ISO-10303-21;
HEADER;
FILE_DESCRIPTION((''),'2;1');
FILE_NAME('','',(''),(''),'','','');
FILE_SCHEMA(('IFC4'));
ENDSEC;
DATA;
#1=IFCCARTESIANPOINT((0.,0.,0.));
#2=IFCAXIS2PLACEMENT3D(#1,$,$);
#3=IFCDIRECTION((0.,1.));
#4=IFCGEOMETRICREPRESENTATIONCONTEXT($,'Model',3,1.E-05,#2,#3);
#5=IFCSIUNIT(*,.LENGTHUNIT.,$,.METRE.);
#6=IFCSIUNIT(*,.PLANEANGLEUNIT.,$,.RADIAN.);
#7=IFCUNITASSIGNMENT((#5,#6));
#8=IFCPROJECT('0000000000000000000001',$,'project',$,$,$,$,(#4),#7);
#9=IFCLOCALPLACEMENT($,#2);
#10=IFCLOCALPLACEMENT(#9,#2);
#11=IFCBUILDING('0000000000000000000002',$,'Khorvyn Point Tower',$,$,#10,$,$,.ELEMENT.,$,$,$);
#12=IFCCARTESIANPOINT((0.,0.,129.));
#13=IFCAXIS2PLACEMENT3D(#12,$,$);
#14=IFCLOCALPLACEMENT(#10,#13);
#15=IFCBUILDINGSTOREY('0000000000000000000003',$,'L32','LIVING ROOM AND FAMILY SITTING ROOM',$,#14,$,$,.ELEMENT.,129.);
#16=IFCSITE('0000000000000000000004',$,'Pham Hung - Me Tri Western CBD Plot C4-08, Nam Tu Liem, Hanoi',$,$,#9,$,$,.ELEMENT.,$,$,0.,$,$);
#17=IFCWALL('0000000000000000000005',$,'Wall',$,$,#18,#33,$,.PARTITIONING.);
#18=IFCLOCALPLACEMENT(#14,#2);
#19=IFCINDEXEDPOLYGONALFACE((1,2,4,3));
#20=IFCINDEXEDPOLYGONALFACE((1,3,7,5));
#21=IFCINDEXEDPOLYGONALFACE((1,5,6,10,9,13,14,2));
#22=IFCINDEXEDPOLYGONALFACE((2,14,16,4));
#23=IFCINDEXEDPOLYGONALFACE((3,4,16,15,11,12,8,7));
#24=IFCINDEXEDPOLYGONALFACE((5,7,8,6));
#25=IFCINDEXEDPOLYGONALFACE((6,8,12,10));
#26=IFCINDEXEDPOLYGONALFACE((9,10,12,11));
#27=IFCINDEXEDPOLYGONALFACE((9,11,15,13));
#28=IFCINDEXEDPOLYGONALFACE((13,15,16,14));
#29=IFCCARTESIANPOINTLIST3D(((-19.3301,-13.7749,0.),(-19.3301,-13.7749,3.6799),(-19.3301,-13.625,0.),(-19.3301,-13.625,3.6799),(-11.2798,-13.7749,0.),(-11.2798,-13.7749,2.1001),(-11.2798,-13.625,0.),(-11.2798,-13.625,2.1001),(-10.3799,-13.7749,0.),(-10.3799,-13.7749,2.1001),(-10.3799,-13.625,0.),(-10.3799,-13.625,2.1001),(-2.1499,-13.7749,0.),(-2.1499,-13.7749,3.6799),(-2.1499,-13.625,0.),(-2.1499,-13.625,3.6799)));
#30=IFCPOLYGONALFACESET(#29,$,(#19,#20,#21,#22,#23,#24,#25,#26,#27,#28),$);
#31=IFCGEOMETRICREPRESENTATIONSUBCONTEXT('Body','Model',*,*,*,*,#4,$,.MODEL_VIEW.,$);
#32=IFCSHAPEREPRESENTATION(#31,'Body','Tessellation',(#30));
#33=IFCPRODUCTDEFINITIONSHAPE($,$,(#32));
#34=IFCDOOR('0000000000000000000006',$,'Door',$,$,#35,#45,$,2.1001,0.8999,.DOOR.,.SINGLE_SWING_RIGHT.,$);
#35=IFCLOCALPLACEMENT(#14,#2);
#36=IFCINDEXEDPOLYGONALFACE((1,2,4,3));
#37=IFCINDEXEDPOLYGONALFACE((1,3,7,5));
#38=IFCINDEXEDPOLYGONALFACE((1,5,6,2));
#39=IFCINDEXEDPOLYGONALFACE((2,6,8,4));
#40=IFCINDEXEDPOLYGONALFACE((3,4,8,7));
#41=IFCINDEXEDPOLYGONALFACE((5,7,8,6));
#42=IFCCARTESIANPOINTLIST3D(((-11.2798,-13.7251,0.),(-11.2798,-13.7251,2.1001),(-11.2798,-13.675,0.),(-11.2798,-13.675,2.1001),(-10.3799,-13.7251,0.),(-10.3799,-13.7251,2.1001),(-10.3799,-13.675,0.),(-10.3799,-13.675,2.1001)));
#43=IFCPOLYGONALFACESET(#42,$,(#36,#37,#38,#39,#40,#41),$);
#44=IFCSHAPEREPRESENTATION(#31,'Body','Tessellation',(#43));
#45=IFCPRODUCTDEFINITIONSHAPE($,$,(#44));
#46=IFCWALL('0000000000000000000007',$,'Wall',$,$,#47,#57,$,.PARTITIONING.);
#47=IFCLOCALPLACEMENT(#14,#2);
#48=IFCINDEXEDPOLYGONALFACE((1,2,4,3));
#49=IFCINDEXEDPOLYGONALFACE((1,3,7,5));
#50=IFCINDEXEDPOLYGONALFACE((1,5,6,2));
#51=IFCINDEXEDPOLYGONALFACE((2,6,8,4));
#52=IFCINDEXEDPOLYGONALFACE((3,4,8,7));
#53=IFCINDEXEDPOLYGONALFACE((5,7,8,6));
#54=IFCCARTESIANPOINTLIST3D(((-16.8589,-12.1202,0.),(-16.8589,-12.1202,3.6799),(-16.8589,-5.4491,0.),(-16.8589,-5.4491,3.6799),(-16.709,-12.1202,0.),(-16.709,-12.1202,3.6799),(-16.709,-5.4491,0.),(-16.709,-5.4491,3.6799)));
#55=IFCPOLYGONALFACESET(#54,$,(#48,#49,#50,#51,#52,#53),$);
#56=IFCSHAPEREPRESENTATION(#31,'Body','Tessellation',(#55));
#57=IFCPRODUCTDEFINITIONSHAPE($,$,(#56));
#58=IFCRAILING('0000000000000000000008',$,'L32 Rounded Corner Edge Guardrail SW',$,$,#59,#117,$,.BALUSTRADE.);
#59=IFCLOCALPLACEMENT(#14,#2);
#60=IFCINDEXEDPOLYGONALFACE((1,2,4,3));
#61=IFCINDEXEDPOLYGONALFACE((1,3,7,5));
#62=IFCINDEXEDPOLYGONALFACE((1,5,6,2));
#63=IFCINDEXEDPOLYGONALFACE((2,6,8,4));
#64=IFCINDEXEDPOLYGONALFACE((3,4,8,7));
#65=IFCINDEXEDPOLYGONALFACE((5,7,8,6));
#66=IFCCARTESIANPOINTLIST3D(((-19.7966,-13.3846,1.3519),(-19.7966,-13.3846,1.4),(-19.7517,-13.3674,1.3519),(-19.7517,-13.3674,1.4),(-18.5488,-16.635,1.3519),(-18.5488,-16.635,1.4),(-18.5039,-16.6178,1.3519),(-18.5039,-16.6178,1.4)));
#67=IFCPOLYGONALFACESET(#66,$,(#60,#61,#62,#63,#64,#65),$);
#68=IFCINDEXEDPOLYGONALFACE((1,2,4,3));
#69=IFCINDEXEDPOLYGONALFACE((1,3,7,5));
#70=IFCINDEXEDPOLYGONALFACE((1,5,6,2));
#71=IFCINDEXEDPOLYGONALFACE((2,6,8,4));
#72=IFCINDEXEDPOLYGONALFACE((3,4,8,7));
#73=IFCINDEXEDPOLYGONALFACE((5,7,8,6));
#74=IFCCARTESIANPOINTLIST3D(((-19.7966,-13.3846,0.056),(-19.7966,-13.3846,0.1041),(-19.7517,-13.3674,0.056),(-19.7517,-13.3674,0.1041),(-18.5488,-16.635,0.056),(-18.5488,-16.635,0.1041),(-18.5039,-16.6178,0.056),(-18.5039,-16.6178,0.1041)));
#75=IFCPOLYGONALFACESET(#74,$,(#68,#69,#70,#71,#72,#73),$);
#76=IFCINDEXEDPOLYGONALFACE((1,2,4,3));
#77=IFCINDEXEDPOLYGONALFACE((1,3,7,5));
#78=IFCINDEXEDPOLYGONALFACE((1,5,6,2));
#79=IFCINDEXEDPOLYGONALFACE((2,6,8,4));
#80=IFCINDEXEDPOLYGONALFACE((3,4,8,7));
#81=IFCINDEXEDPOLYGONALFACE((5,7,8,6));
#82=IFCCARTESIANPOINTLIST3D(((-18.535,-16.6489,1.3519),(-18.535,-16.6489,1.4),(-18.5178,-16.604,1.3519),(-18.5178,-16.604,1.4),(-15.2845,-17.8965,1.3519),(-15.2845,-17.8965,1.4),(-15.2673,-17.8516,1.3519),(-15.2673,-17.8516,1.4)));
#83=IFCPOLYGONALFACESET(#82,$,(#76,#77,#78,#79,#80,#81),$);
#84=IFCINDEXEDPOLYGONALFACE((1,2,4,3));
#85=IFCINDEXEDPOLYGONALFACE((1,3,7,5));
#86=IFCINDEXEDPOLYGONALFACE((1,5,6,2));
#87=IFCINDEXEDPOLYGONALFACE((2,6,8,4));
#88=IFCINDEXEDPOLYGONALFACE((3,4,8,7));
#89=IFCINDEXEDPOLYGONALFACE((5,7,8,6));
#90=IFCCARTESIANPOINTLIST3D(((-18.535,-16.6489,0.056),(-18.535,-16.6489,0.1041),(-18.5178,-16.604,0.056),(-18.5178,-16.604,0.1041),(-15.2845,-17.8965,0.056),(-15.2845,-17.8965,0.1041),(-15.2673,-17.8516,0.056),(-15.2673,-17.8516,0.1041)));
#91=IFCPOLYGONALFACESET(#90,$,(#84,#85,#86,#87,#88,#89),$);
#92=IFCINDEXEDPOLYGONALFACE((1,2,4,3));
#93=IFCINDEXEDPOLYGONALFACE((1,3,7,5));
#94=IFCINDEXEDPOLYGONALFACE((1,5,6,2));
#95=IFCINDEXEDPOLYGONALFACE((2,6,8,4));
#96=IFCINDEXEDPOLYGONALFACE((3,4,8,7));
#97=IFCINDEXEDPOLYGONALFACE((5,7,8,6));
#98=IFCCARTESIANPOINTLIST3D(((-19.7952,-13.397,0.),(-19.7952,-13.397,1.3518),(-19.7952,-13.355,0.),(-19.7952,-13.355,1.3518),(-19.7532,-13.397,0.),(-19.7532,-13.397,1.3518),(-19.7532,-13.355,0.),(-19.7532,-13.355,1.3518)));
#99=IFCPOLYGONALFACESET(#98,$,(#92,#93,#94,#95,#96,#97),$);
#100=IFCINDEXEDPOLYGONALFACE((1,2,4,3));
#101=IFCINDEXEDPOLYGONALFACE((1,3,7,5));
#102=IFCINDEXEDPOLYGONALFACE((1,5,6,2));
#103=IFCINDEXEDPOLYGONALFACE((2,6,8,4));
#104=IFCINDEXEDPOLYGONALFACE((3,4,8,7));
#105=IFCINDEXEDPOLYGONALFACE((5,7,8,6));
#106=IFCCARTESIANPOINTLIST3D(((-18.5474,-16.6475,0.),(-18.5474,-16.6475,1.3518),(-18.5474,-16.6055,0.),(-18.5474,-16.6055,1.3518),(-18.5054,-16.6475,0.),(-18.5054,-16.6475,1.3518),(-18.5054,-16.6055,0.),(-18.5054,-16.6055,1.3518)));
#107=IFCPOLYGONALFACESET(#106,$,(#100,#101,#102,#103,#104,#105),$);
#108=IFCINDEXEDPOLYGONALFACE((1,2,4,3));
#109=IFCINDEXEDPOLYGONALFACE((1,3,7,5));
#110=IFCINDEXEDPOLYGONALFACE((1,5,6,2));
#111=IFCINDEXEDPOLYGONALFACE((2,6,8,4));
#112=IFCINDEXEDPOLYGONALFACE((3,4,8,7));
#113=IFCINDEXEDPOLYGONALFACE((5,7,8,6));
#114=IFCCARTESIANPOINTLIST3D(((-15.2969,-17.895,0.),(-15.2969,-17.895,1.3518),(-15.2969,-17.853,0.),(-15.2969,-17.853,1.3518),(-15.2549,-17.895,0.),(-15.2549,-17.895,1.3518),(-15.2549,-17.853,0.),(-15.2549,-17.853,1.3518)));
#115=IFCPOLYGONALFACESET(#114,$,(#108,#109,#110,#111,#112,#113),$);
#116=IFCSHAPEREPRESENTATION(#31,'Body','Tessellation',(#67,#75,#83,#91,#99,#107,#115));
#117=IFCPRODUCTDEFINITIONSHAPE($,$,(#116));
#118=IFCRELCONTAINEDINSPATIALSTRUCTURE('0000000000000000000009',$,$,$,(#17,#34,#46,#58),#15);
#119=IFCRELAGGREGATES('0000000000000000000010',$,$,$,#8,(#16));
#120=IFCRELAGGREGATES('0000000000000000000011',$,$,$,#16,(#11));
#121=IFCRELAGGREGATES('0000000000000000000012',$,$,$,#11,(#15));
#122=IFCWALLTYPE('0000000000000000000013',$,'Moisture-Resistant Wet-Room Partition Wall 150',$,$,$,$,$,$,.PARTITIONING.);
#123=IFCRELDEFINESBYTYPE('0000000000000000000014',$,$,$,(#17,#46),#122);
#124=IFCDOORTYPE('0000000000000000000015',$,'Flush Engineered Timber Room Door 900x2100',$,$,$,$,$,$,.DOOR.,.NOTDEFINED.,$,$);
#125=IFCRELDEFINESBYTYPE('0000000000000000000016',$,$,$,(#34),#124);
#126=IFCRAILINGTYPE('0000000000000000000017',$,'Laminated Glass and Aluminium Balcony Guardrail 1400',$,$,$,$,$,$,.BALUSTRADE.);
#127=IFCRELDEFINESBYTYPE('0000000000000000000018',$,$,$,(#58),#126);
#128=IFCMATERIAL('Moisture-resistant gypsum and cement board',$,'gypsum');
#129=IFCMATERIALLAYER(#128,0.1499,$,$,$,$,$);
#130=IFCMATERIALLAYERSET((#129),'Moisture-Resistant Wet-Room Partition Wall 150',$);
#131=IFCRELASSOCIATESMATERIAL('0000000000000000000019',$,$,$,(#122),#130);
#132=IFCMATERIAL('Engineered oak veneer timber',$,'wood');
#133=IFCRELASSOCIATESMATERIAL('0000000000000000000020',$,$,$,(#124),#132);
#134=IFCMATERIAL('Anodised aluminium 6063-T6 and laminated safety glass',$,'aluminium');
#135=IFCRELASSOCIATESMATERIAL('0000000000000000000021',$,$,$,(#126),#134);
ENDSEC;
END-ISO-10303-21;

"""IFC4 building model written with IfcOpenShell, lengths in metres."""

from ifc_helpers import new_model, si_unit, direction, frame, frame_2d, origin, origin_2d, place, context, subcontext, project, spatial, rectangle, extrude, material, layer, layer_set, type_object, element, fill, save


model = new_model("IFC4")

# Units and contexts
model_context = context("Model", 3, precision=1e-05, world=origin(), true_north=direction((0.0, 1.0)))
body_context = subcontext(model_context, "Body", "Model", "MODEL_VIEW")
ifc_project = project(units=[si_unit("LENGTHUNIT", "METRE"), si_unit("PLANEANGLEUNIT", "RADIAN")], contexts=[model_context])

# Site, building, storey
site_placement = place(None, origin())
site = spatial("IfcSite", under=ifc_project, at=site_placement, Name="Pham Hung - Me Tri Western CBD Plot C4-08, Nam Tu Liem, Hanoi", CompositionType="ELEMENT", RefElevation=0.0)
building_placement = place(site_placement, origin())
building = spatial("IfcBuilding", under=site, at=building_placement, Name="Khorvyn Point Tower", CompositionType="ELEMENT")
storey_placement = place(building_placement, frame((0.0, 0.0, 129.0)))
storey = spatial("IfcBuildingStorey", under=building, at=storey_placement, Name="L32", Description="LIVING ROOM AND FAMILY SITTING ROOM", CompositionType="ELEMENT", Elevation=129.0)

# Wall, opening, door
ifc_material_1 = material(Name="Moisture-resistant gypsum and cement board", Category="gypsum")
ifc_layer_1 = layer(ifc_material_1, 0.1499)
ifc_layer_set_1 = layer_set([ifc_layer_1], Name="Moisture-Resistant Wet-Room Partition Wall 150")
wall_type_1 = type_object("IfcWallType", Name="Moisture-Resistant Wet-Room Partition Wall 150", PredefinedType="PARTITIONING", material=ifc_layer_set_1)
wall_1_placement = place(storey_placement, frame((-19.3301, -13.7, 0.0), z_axis=(0.0, 0.0, 1.0), x_axis=(1.0, 0.0, 0.0)))
wall_1 = element("IfcWall", 1, at=wall_1_placement, inside=storey, type_object=wall_type_1, Name="Wall", PredefinedType="PARTITIONING", context=body_context, shape_type="SweptSolid", body=[
    extrude(rectangle(XDim=17.1802, YDim=0.1499, at=frame_2d((8.5901, 0.0))), origin(), (0.0, 0.0, 1.0), 3.6799),
])
opening_1_placement = place(wall_1_placement, frame((8.0503, 0.0, 0.0)))
opening_1 = element("IfcOpeningElement", 2, at=opening_1_placement, cuts=wall_1, PredefinedType="OPENING", context=body_context, shape_type="SweptSolid", body=[
    extrude(rectangle(XDim=0.8999, YDim=2.1001, at=frame_2d((0.45, 1.05))), frame((0.0, 0.085, 0.0), z_axis=(0.0, -1.0, 0.0), x_axis=(1.0, 0.0, 0.0)), (0.0, 0.0, 1.0), 0.1699),
])
ifc_material_2 = material(Name="Engineered oak veneer timber", Category="wood")
door_type_1 = type_object("IfcDoorType", Name="Flush Engineered Timber Room Door 900x2100", OperationType="NOTDEFINED", PredefinedType="DOOR", material=ifc_material_2)
door_1_placement = place(opening_1_placement, origin())
door_1 = element("IfcDoor", 3, at=door_1_placement, inside=storey, type_object=door_type_1, Name="Door", OperationType="SINGLE_SWING_RIGHT", OverallHeight=2.1001, OverallWidth=0.8999, PredefinedType="DOOR", context=body_context, shape_type="SweptSolid", body=[
    extrude(rectangle(XDim=0.8999, YDim=2.1001, at=frame_2d((0.45, 1.05))), frame((0.0, 0.0249, 0.0), z_axis=(0.0, -1.0, 0.0), x_axis=(1.0, 0.0, 0.0)), (0.0, 0.0, 1.0), 0.05),
])
fill(opening_1, door_1)

# Wall
wall_2_placement = place(storey_placement, frame((-16.7839, -12.1201, 0.0), z_axis=(0.0, 0.0, 1.0), x_axis=(0.0, 1.0, 0.0)))
element("IfcWall", 4, at=wall_2_placement, inside=storey, type_object=wall_type_1, Name="Wall", PredefinedType="PARTITIONING", context=body_context, shape_type="SweptSolid", body=[
    extrude(rectangle(XDim=6.6711, YDim=0.1499, at=frame_2d((3.3354, 0.0))), origin(), (0.0, 0.0, 1.0), 3.6799),
])

# Railing
ifc_material_3 = material(Name="Anodised aluminium 6063-T6 and laminated safety glass", Category="aluminium")
railing_type = type_object("IfcRailingType", Name="Laminated Glass and Aluminium Balcony Guardrail 1400", PredefinedType="BALUSTRADE", material=ifc_material_3)
railing_1_placement = place(storey_placement, frame((-19.7742, -13.376, 0.0)))
element("IfcRailing", 5, at=railing_1_placement, inside=storey, type_object=railing_type, Name="L32 Rounded Corner Edge Guardrail SW", PredefinedType="BALUSTRADE", context=body_context, shape_type="SweptSolid", body=[
    extrude(rectangle(XDim=0.0481, YDim=0.0481, at=origin_2d()), frame((0.0, 0.0, 1.376), z_axis=(0.358382, -0.933575, 0.0), x_axis=(0.933575, 0.358382, 0.0)), (0.0, 0.0, 1.0), 3.4817),
    extrude(rectangle(XDim=0.0481, YDim=0.0481, at=origin_2d()), frame((0.0, 0.0, 0.0801), z_axis=(0.358382, -0.933575, 0.0), x_axis=(0.933575, 0.358382, 0.0)), (0.0, 0.0, 1.0), 3.4817),
    extrude(rectangle(XDim=0.0481, YDim=0.0481, at=origin_2d()), frame((1.2478, -3.2505, 1.376), z_axis=(0.933598, -0.358321, 0.0), x_axis=(0.358321, 0.933598, 0.0)), (0.0, 0.0, 1.0), 3.4817),
    extrude(rectangle(XDim=0.0481, YDim=0.0481, at=origin_2d()), frame((1.2478, -3.2505, 0.0801), z_axis=(0.933598, -0.358321, 0.0), x_axis=(0.358321, 0.933598, 0.0)), (0.0, 0.0, 1.0), 3.4817),
    extrude(rectangle(XDim=0.042, YDim=0.042, at=origin_2d()), origin(), (0.0, 0.0, 1.0), 1.3518),
    extrude(rectangle(XDim=0.042, YDim=0.042, at=origin_2d()), frame((1.2478, -3.2505, 0.0)), (0.0, 0.0, 1.0), 1.3518),
    extrude(rectangle(XDim=0.042, YDim=0.042, at=origin_2d()), frame((4.4983, -4.498, 0.0)), (0.0, 0.0, 1.0), 1.3518),
])

save(model, "model.ifc")
